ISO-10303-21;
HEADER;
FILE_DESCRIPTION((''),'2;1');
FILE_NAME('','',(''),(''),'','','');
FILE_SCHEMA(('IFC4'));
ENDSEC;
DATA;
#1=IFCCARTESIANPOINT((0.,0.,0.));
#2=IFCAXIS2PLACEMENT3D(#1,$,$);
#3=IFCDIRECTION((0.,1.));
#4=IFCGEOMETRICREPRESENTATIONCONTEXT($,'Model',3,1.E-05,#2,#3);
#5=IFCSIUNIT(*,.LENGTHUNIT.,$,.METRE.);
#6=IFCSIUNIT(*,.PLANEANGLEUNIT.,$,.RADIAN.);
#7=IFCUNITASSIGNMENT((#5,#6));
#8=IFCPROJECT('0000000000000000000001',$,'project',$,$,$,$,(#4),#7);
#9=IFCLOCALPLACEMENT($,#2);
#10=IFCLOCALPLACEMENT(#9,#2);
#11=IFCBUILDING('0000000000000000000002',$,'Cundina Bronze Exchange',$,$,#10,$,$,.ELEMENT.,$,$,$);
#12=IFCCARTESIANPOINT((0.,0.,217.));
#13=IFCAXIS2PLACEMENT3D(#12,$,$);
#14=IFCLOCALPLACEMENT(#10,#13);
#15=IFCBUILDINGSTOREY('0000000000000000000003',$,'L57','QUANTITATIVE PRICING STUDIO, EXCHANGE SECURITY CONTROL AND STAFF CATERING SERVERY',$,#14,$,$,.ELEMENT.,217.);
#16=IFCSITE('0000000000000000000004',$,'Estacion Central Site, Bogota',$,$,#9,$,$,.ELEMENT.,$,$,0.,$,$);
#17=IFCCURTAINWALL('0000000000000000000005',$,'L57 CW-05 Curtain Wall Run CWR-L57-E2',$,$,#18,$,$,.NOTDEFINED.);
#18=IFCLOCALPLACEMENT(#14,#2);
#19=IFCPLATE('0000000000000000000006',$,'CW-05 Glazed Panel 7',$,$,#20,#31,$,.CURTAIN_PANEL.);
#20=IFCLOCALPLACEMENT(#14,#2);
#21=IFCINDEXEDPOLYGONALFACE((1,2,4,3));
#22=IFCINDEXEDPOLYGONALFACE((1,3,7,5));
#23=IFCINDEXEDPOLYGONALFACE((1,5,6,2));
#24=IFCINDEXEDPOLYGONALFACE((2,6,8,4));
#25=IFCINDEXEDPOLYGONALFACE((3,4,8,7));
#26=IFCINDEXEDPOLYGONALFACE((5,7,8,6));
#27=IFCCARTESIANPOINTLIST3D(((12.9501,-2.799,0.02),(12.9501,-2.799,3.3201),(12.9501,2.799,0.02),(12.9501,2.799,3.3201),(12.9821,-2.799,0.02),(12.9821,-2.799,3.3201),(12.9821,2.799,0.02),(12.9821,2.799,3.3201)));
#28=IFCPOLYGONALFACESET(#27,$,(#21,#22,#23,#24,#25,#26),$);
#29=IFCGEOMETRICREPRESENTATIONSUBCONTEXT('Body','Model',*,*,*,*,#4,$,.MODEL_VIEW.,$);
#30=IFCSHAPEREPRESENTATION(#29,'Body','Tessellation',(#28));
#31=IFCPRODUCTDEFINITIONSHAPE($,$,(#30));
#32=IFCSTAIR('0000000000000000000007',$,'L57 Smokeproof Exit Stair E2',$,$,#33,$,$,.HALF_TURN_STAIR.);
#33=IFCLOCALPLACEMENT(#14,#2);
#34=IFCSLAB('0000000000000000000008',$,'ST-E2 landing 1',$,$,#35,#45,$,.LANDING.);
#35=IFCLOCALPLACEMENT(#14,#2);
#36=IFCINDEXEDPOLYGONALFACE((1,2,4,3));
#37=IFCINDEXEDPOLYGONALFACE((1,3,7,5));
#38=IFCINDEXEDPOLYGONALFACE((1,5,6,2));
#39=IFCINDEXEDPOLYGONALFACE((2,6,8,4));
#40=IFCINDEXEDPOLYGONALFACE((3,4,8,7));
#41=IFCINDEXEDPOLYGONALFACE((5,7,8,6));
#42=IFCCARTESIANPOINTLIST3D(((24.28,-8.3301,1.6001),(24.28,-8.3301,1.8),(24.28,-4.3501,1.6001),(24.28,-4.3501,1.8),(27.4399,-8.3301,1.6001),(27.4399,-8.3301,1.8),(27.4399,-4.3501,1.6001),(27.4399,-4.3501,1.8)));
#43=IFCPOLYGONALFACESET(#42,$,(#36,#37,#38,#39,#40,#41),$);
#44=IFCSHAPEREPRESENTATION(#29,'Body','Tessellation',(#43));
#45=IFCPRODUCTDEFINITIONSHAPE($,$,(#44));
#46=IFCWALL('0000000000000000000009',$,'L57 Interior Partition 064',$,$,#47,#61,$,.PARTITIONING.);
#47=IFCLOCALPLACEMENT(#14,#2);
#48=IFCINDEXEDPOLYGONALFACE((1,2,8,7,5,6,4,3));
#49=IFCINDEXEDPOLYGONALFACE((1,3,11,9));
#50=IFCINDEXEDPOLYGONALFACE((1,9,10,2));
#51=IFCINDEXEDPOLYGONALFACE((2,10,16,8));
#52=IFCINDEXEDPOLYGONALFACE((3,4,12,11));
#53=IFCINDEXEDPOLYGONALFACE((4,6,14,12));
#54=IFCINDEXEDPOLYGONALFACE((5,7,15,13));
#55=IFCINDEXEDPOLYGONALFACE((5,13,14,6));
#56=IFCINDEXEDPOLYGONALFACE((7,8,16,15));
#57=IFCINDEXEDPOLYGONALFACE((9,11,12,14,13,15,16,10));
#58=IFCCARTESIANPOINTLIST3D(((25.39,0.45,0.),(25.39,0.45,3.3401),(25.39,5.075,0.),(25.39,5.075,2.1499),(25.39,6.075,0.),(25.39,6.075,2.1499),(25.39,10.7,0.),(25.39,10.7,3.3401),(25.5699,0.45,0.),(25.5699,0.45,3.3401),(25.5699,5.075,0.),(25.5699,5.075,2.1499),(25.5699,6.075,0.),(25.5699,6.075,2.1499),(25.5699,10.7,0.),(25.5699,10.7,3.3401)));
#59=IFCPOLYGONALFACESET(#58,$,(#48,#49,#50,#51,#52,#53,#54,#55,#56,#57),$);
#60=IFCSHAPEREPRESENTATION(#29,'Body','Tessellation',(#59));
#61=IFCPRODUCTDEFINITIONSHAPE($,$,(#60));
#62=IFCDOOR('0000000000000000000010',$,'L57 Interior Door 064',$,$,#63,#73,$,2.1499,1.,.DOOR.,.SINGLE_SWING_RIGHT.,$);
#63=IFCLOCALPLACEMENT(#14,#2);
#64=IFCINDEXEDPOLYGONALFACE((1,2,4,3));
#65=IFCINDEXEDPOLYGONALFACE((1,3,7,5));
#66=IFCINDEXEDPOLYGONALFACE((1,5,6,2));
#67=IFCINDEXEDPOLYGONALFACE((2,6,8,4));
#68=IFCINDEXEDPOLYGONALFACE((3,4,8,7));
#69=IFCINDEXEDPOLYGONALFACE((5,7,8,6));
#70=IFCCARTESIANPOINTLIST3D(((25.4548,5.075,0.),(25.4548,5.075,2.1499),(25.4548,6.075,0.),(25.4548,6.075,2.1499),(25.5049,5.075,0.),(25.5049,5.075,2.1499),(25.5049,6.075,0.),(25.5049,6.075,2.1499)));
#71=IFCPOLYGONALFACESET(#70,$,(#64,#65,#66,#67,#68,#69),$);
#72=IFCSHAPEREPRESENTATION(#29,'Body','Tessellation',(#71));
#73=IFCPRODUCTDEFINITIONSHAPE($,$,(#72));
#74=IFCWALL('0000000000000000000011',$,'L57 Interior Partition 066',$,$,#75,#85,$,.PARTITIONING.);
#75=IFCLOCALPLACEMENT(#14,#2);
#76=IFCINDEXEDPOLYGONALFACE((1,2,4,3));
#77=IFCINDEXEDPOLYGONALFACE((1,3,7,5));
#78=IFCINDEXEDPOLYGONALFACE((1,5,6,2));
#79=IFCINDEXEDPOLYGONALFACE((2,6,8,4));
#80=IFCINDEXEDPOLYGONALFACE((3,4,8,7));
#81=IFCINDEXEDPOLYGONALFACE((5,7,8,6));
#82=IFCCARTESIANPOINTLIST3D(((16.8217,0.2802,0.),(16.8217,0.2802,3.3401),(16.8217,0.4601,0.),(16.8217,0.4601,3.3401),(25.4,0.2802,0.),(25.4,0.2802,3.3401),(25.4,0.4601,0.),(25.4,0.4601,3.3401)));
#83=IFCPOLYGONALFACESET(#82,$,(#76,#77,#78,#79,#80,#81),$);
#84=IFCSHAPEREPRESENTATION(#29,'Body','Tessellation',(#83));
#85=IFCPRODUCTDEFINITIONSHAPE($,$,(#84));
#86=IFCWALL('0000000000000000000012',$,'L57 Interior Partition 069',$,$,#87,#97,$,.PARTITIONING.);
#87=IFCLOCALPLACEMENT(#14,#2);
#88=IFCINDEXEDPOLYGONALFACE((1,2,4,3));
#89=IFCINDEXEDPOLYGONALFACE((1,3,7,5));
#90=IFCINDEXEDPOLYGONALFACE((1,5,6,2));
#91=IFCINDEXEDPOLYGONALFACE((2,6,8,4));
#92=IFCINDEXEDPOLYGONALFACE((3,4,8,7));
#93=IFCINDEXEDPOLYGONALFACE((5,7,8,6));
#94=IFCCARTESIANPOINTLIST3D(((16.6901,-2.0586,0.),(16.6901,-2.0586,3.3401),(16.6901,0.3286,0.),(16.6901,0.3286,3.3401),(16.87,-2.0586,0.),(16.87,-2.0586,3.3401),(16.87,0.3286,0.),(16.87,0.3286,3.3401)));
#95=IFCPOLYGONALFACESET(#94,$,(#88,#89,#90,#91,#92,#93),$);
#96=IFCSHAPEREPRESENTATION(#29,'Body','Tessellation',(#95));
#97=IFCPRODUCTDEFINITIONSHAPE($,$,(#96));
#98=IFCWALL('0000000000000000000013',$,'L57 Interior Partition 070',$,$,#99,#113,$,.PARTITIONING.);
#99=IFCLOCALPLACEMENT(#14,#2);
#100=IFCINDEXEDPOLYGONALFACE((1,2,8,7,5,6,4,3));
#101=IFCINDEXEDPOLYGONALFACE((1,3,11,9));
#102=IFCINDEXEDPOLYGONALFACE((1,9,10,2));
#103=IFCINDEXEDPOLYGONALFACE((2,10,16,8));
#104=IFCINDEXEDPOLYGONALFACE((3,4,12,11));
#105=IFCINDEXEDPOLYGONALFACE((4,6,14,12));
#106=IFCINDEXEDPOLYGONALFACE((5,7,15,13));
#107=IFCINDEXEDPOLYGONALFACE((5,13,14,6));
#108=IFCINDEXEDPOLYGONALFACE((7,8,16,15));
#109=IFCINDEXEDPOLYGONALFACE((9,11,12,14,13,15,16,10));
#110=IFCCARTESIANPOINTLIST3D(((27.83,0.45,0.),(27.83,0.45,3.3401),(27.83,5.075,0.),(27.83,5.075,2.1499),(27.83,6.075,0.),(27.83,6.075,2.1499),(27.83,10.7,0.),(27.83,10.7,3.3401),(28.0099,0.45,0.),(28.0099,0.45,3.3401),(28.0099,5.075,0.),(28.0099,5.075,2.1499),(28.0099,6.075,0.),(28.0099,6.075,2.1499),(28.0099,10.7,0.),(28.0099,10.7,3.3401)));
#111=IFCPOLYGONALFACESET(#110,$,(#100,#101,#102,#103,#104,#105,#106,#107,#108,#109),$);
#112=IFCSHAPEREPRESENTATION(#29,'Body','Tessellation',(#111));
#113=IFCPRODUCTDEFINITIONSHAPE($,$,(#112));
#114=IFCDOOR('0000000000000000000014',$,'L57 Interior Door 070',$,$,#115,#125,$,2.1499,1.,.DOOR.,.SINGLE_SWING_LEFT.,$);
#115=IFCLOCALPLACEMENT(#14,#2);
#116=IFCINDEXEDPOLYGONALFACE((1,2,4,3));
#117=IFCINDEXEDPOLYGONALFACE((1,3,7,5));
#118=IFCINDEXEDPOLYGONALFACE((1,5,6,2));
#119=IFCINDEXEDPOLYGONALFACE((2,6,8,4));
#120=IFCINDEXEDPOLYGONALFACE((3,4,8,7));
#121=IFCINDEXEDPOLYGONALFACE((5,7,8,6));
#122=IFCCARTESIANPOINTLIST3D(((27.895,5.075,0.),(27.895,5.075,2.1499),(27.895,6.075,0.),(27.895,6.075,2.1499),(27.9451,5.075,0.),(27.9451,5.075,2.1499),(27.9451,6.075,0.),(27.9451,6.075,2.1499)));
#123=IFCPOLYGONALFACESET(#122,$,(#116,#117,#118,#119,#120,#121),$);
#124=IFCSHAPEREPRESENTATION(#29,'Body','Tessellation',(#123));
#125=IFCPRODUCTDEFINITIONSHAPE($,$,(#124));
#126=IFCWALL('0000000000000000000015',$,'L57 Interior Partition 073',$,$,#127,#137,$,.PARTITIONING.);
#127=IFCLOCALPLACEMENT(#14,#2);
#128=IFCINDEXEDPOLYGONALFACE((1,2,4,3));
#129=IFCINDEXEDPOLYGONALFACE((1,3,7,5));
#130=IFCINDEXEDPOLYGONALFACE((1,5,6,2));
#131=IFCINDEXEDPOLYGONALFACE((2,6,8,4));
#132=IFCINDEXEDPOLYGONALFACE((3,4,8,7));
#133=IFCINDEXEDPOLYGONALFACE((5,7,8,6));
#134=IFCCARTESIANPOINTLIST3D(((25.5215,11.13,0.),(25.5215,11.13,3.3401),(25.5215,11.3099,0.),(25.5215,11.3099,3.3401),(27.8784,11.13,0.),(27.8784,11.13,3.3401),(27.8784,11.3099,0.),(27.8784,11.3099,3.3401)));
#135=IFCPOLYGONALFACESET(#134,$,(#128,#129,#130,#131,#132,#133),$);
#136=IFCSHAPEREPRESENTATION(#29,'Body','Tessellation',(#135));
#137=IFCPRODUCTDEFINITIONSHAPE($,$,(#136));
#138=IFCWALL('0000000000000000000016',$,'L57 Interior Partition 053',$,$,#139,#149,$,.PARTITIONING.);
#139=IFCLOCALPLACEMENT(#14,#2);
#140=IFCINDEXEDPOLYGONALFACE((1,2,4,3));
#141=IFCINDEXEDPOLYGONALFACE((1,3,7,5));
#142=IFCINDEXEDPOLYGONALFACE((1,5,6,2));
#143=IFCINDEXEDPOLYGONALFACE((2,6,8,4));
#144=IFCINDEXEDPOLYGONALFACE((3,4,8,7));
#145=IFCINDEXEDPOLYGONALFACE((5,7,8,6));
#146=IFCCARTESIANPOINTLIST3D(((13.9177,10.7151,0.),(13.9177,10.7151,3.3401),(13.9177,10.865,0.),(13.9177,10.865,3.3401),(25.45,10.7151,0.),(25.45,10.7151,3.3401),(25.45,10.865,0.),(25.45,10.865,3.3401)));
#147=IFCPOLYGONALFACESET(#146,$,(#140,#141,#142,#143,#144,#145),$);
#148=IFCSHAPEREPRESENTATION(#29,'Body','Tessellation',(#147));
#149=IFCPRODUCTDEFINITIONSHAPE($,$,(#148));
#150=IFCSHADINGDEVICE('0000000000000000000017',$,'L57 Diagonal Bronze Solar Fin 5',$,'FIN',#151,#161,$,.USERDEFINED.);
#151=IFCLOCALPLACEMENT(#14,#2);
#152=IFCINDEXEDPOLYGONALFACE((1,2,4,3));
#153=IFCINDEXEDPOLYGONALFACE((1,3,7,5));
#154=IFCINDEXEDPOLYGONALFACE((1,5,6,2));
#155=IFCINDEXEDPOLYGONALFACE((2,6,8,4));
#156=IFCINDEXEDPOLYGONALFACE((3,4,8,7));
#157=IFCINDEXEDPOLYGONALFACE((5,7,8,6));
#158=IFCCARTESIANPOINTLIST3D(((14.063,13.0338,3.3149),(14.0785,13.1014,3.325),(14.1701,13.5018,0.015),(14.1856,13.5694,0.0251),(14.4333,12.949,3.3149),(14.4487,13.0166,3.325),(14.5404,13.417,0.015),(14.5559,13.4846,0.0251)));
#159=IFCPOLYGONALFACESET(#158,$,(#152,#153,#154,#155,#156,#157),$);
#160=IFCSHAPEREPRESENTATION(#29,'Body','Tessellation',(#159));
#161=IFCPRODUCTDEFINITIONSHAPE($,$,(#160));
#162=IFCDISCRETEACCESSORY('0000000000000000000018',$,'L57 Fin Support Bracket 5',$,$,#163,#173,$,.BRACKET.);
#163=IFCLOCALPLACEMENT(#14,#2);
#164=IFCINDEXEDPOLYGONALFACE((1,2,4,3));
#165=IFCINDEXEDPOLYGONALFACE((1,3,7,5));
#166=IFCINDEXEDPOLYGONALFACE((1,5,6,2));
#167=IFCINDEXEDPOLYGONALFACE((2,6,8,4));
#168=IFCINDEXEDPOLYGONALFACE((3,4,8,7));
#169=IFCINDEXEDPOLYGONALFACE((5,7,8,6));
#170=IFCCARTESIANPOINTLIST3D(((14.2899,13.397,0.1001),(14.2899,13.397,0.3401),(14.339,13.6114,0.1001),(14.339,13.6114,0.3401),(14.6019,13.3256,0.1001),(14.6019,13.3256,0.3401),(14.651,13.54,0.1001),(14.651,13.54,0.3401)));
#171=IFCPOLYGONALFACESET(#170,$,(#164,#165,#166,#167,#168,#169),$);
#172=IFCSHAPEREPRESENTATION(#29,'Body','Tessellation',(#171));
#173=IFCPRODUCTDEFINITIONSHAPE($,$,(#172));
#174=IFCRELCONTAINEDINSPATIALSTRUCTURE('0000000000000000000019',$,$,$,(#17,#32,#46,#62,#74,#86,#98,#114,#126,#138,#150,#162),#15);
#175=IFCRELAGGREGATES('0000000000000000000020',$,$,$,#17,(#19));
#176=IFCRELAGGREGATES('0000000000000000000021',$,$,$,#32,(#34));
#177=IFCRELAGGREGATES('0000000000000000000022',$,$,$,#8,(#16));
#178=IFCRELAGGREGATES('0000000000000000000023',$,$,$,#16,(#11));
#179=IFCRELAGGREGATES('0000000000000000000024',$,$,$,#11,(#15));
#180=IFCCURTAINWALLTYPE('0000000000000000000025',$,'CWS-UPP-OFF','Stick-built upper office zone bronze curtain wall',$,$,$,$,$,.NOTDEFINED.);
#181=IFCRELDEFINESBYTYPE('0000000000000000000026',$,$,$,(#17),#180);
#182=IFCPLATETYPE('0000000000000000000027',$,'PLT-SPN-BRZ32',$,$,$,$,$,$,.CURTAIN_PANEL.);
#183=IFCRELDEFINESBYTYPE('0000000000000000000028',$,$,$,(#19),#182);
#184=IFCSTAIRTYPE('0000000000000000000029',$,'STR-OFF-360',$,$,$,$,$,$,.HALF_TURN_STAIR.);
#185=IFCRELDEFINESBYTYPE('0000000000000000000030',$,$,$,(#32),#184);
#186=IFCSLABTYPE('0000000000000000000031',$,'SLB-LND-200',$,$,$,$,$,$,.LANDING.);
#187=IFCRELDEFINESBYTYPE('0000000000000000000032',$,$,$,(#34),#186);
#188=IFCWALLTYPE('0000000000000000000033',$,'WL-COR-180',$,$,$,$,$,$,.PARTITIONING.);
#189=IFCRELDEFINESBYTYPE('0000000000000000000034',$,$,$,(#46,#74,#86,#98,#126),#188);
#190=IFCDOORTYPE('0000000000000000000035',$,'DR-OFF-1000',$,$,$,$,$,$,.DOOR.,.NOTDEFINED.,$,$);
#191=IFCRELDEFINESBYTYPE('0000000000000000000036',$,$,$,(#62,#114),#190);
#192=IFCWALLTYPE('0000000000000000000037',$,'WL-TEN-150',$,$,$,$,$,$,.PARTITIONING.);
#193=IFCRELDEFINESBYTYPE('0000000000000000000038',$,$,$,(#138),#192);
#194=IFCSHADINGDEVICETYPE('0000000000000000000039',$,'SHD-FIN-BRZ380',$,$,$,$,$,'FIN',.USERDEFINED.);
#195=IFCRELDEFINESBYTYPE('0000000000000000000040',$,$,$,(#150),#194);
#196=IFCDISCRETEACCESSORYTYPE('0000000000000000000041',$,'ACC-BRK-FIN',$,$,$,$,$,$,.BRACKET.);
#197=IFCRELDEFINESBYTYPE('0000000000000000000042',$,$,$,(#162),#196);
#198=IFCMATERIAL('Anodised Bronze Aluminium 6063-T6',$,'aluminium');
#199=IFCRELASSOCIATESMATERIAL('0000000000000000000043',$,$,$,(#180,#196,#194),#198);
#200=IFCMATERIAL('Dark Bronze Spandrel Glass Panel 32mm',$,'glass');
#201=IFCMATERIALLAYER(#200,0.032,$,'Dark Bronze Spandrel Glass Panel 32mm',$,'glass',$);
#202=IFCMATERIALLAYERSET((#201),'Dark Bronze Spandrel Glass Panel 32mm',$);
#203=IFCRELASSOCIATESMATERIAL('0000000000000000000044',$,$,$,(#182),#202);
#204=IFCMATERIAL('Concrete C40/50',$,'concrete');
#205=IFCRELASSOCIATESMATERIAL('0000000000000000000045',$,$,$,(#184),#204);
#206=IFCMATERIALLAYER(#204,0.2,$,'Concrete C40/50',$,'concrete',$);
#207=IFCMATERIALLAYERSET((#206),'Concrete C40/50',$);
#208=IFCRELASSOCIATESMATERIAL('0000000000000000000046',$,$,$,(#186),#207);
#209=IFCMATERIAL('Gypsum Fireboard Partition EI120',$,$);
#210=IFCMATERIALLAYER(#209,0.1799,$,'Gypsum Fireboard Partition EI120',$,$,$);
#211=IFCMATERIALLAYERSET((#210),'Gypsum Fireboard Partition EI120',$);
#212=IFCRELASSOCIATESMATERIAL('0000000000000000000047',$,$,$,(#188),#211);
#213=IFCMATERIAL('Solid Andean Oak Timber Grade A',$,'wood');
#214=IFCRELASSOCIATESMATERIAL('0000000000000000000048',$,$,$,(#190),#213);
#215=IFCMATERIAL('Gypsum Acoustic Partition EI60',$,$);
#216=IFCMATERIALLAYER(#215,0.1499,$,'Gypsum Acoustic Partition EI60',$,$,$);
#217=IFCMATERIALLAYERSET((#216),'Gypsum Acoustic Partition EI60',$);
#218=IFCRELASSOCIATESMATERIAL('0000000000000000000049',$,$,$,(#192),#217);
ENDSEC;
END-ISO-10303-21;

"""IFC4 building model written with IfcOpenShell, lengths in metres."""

from ifc_helpers import new_model, si_unit, direction, frame, frame_2d, origin, origin_2d, place, context, subcontext, project, spatial, polyline, rectangle, outline, extrude, material, layer, layer_set, material_profile, profile_set, type_object, element, fill, aggregate, save


model = new_model("IFC4")

# Units and contexts
model_context = context("Model", 3, precision=1e-05, world=origin(), true_north=direction((0.0, 1.0)))
body_context = subcontext(model_context, "Body", "Model", "MODEL_VIEW")
ifc_project = project(units=[si_unit("LENGTHUNIT", "METRE"), si_unit("PLANEANGLEUNIT", "RADIAN")], contexts=[model_context])

# Site, building, storey
site_placement = place(None, origin())
site = spatial("IfcSite", under=ifc_project, at=site_placement, Name="Estacion Central Site, Bogota", CompositionType="ELEMENT", RefElevation=0.0)
building_placement = place(site_placement, origin())
building = spatial("IfcBuilding", under=site, at=building_placement, Name="Cundina Bronze Exchange", CompositionType="ELEMENT")
storey_placement = place(building_placement, frame((0.0, 0.0, 217.0)))
storey = spatial("IfcBuildingStorey", under=building, at=storey_placement, Name="L57", Description="QUANTITATIVE PRICING STUDIO, EXCHANGE SECURITY CONTROL AND STAFF CATERING SERVERY", CompositionType="ELEMENT", Elevation=217.0)

# Curtain wall, plate
ifc_material_1 = material(Name="Anodised Bronze Aluminium 6063-T6", Category="aluminium")
curtain_wall_type = type_object("IfcCurtainWallType", Name="CWS-UPP-OFF", Description="Stick-built upper office zone bronze curtain wall", PredefinedType="NOTDEFINED", material=ifc_material_1)
curtain_wall_placement = place(storey_placement, origin())
curtain_wall = element("IfcCurtainWall", 1, at=curtain_wall_placement, inside=storey, type_object=curtain_wall_type, Name="L57 CW-05 Curtain Wall Run CWR-L57-E2", PredefinedType="NOTDEFINED")
ifc_material_2 = material(Name="Dark Bronze Spandrel Glass Panel 32mm", Category="glass")
ifc_layer_1 = layer(ifc_material_2, 0.032, Name="Dark Bronze Spandrel Glass Panel 32mm", Category="glass")
ifc_layer_set_1 = layer_set([ifc_layer_1], Name="Dark Bronze Spandrel Glass Panel 32mm")
plate_type_1 = type_object("IfcPlateType", Name="PLT-SPN-BRZ32", PredefinedType="CURTAIN_PANEL", material=ifc_layer_set_1)
plate_1_placement = place(storey_placement, frame((12.9661, 0.0, 0.02), z_axis=(0.0, 0.0, 1.0), x_axis=(0.0, -1.0, 0.0)))
plate_1 = element("IfcPlate", 2, at=plate_1_placement, type_object=plate_type_1, Name="CW-05 Glazed Panel 7", PredefinedType="CURTAIN_PANEL", context=body_context, shape_type="SweptSolid", body=[
    extrude(rectangle(XDim=5.5979, YDim=0.032, at=origin_2d()), origin(), (0.0, 0.0, 1.0), 3.3),
])
aggregate(curtain_wall, [plate_1])

# Stair, slab
ifc_material_3 = material(Name="Concrete C40/50", Category="concrete")
stair_type = type_object("IfcStairType", Name="STR-OFF-360", PredefinedType="HALF_TURN_STAIR", material=ifc_material_3)
stair_placement = place(storey_placement, origin())
stair = element("IfcStair", 3, at=stair_placement, inside=storey, type_object=stair_type, Name="L57 Smokeproof Exit Stair E2", PredefinedType="HALF_TURN_STAIR")
ifc_layer_2 = layer(ifc_material_3, 0.2, Name="Concrete C40/50", Category="concrete")
ifc_layer_set_2 = layer_set([ifc_layer_2], Name="Concrete C40/50")
slab_type = type_object("IfcSlabType", Name="SLB-LND-200", PredefinedType="LANDING", material=ifc_layer_set_2)
slab_placement = place(storey_placement, frame((0.0, 0.0, 1.6001)))
slab = element("IfcSlab", 4, at=slab_placement, type_object=slab_type, Name="ST-E2 landing 1", PredefinedType="LANDING", context=body_context, shape_type="SweptSolid", body=[
    extrude(outline(polyline([(27.4399, -8.3301), (27.4399, -4.3501), (24.28, -4.3501), (24.28, -8.3301), (27.4399, -8.3301)])), origin(), (0.0, 0.0, 1.0), 0.2),
])
aggregate(stair, [slab])

# Wall, opening, door
ifc_material_4 = material(Name="Gypsum Fireboard Partition EI120")
ifc_layer_3 = layer(ifc_material_4, 0.1799, Name="Gypsum Fireboard Partition EI120")
ifc_layer_set_3 = layer_set([ifc_layer_3], Name="Gypsum Fireboard Partition EI120")
wall_type_1 = type_object("IfcWallType", Name="WL-COR-180", PredefinedType="PARTITIONING", material=ifc_layer_set_3)
wall_1_placement = place(storey_placement, frame((25.48, 10.7, 0.0), z_axis=(0.0, 0.0, 1.0), x_axis=(0.0, -1.0, 0.0)))
wall_1 = element("IfcWall", 5, at=wall_1_placement, inside=storey, type_object=wall_type_1, Name="L57 Interior Partition 064", PredefinedType="PARTITIONING", context=body_context, shape_type="SweptSolid", body=[
    extrude(rectangle(XDim=10.25, YDim=0.1799, at=frame_2d((5.125, 0.0))), origin(), (0.0, 0.0, 1.0), 3.3401),
])
opening_1_placement = place(wall_1_placement, frame((4.625, 0.0, 0.0)))
opening_1 = element("IfcOpeningElement", 6, at=opening_1_placement, cuts=wall_1, PredefinedType="OPENING", context=body_context, shape_type="SweptSolid", body=[
    extrude(rectangle(XDim=1.0, YDim=2.1499, at=frame_2d((0.5, 1.075))), frame((0.0, 0.0999, 0.0), z_axis=(0.0, -1.0, 0.0), x_axis=(1.0, 0.0, 0.0)), (0.0, 0.0, 1.0), 0.2),
])
ifc_material_5 = material(Name="Solid Andean Oak Timber Grade A", Category="wood")
door_type = type_object("IfcDoorType", Name="DR-OFF-1000", OperationType="NOTDEFINED", PredefinedType="DOOR", material=ifc_material_5)
door_1_placement = place(opening_1_placement, origin())
door_1 = element("IfcDoor", 7, at=door_1_placement, inside=storey, type_object=door_type, Name="L57 Interior Door 064", OperationType="SINGLE_SWING_RIGHT", OverallHeight=2.1499, OverallWidth=1.0, PredefinedType="DOOR", context=body_context, shape_type="SweptSolid", body=[
    extrude(rectangle(XDim=1.0, YDim=2.1499, at=frame_2d((0.5, 1.075))), frame((0.0, 0.0249, 0.0), z_axis=(0.0, -1.0, 0.0), x_axis=(1.0, 0.0, 0.0)), (0.0, 0.0, 1.0), 0.05),
])
fill(opening_1, door_1)

# Walls
wall_2_placement = place(storey_placement, frame((25.3999, 0.3701, 0.0), z_axis=(0.0, 0.0, 1.0), x_axis=(-1.0, 0.0, 0.0)))
element("IfcWall", 8, at=wall_2_placement, inside=storey, type_object=wall_type_1, Name="L57 Interior Partition 066", PredefinedType="PARTITIONING", context=body_context, shape_type="SweptSolid", body=[
    extrude(rectangle(XDim=8.5784, YDim=0.1799, at=frame_2d((4.2891, 0.0))), origin(), (0.0, 0.0, 1.0), 3.3401),
])
wall_3_placement = place(storey_placement, frame((16.78, 0.3286, 0.0), z_axis=(0.0, 0.0, 1.0), x_axis=(0.0, -1.0, 0.0)))
element("IfcWall", 9, at=wall_3_placement, inside=storey, type_object=wall_type_1, Name="L57 Interior Partition 069", PredefinedType="PARTITIONING", context=body_context, shape_type="SweptSolid", body=[
    extrude(rectangle(XDim=2.3872, YDim=0.1799, at=frame_2d((1.1936, 0.0))), origin(), (0.0, 0.0, 1.0), 3.3401),
])

# Wall, opening, door
wall_4_placement = place(storey_placement, frame((27.9199, 0.45, 0.0), z_axis=(0.0, 0.0, 1.0), x_axis=(0.0, 1.0, 0.0)))
wall_4 = element("IfcWall", 10, at=wall_4_placement, inside=storey, type_object=wall_type_1, Name="L57 Interior Partition 070", PredefinedType="PARTITIONING", context=body_context, shape_type="SweptSolid", body=[
    extrude(rectangle(XDim=10.25, YDim=0.1799, at=frame_2d((5.125, 0.0))), origin(), (0.0, 0.0, 1.0), 3.3401),
])
opening_2_placement = place(wall_4_placement, frame((4.625, 0.0, 0.0)))
opening_2 = element("IfcOpeningElement", 11, at=opening_2_placement, cuts=wall_4, PredefinedType="OPENING", context=body_context, shape_type="SweptSolid", body=[
    extrude(rectangle(XDim=1.0, YDim=2.1499, at=frame_2d((0.5, 1.075))), frame((0.0, 0.0999, 0.0), z_axis=(0.0, -1.0, 0.0), x_axis=(1.0, 0.0, 0.0)), (0.0, 0.0, 1.0), 0.2),
])
door_2_placement = place(opening_2_placement, origin())
door_2 = element("IfcDoor", 12, at=door_2_placement, inside=storey, type_object=door_type, Name="L57 Interior Door 070", OperationType="SINGLE_SWING_LEFT", OverallHeight=2.1499, OverallWidth=1.0, PredefinedType="DOOR", context=body_context, shape_type="SweptSolid", body=[
    extrude(rectangle(XDim=1.0, YDim=2.1499, at=frame_2d((0.5, 1.075))), frame((0.0, 0.0249, 0.0), z_axis=(0.0, -1.0, 0.0), x_axis=(1.0, 0.0, 0.0)), (0.0, 0.0, 1.0), 0.05),
])
fill(opening_2, door_2)

# Walls
wall_5_placement = place(storey_placement, frame((27.8784, 11.22, 0.0), z_axis=(0.0, 0.0, 1.0), x_axis=(-1.0, 0.0, 0.0)))
element("IfcWall", 13, at=wall_5_placement, inside=storey, type_object=wall_type_1, Name="L57 Interior Partition 073", PredefinedType="PARTITIONING", context=body_context, shape_type="SweptSolid", body=[
    extrude(rectangle(XDim=2.3569, YDim=0.1799, at=frame_2d((1.1785, 0.0))), origin(), (0.0, 0.0, 1.0), 3.3401),
])
ifc_material_6 = material(Name="Gypsum Acoustic Partition EI60")
ifc_layer_4 = layer(ifc_material_6, 0.1499, Name="Gypsum Acoustic Partition EI60")
ifc_layer_set_4 = layer_set([ifc_layer_4], Name="Gypsum Acoustic Partition EI60")
wall_type_2 = type_object("IfcWallType", Name="WL-TEN-150", PredefinedType="PARTITIONING", material=ifc_layer_set_4)
wall_6_placement = place(storey_placement, frame((13.9177, 10.79, 0.0), z_axis=(0.0, 0.0, 1.0), x_axis=(1.0, 0.0, 0.0)))
element("IfcWall", 14, at=wall_6_placement, inside=storey, type_object=wall_type_2, Name="L57 Interior Partition 053", PredefinedType="PARTITIONING", context=body_context, shape_type="SweptSolid", body=[
    extrude(rectangle(XDim=11.5322, YDim=0.1499, at=frame_2d((5.7661, 0.0))), origin(), (0.0, 0.0, 1.0), 3.3401),
])

# Shading device
ifc_material_profile_1 = material_profile(ifc_material_1, rectangle(XDim=0.0701, YDim=0.3799, at=origin_2d()), Name="FIN70X380", Category="aluminium")
ifc_profile_set_1 = profile_set([ifc_material_profile_1], Name="Anodised Bronze Aluminium 6063-T6")
shading_device_type = type_object("IfcShadingDeviceType", Name="SHD-FIN-BRZ380", ElementType="FIN", PredefinedType="USERDEFINED", material=ifc_profile_set_1)
shading_device_placement = place(storey_placement, frame((14.363, 13.4932, 0.02), z_axis=(-0.032139, -0.140344, 0.989581), x_axis=(0.220899, 0.964611, 0.143977)))
element("IfcShadingDevice", 15, at=shading_device_placement, inside=storey, type_object=shading_device_type, Name="L57 Diagonal Bronze Solar Fin 5", ObjectType="FIN", PredefinedType="USERDEFINED", context=body_context, shape_type="SweptSolid", body=[
    extrude(rectangle(XDim=0.0701, YDim=0.3799, at=origin_2d()), origin(), (0.0, 0.0, 1.0), 3.3347),
])

# Discrete accessory
discrete_accessory_type = type_object("IfcDiscreteAccessoryType", Name="ACC-BRK-FIN", PredefinedType="BRACKET", material=ifc_material_1)
discrete_accessory_placement = place(storey_placement, frame((14.4705, 13.4685, 0.1001), z_axis=(0.0, 0.0, 1.0), x_axis=(-0.223284, -0.974753, 0.0)))
element("IfcDiscreteAccessory", 16, at=discrete_accessory_placement, inside=storey, type_object=discrete_accessory_type, Name="L57 Fin Support Bracket 5", PredefinedType="BRACKET", context=body_context, shape_type="SweptSolid", body=[
    extrude(rectangle(XDim=0.22, YDim=0.3201, at=origin_2d()), origin(), (0.0, 0.0, 1.0), 0.24),
])

save(model, "model.ifc")
